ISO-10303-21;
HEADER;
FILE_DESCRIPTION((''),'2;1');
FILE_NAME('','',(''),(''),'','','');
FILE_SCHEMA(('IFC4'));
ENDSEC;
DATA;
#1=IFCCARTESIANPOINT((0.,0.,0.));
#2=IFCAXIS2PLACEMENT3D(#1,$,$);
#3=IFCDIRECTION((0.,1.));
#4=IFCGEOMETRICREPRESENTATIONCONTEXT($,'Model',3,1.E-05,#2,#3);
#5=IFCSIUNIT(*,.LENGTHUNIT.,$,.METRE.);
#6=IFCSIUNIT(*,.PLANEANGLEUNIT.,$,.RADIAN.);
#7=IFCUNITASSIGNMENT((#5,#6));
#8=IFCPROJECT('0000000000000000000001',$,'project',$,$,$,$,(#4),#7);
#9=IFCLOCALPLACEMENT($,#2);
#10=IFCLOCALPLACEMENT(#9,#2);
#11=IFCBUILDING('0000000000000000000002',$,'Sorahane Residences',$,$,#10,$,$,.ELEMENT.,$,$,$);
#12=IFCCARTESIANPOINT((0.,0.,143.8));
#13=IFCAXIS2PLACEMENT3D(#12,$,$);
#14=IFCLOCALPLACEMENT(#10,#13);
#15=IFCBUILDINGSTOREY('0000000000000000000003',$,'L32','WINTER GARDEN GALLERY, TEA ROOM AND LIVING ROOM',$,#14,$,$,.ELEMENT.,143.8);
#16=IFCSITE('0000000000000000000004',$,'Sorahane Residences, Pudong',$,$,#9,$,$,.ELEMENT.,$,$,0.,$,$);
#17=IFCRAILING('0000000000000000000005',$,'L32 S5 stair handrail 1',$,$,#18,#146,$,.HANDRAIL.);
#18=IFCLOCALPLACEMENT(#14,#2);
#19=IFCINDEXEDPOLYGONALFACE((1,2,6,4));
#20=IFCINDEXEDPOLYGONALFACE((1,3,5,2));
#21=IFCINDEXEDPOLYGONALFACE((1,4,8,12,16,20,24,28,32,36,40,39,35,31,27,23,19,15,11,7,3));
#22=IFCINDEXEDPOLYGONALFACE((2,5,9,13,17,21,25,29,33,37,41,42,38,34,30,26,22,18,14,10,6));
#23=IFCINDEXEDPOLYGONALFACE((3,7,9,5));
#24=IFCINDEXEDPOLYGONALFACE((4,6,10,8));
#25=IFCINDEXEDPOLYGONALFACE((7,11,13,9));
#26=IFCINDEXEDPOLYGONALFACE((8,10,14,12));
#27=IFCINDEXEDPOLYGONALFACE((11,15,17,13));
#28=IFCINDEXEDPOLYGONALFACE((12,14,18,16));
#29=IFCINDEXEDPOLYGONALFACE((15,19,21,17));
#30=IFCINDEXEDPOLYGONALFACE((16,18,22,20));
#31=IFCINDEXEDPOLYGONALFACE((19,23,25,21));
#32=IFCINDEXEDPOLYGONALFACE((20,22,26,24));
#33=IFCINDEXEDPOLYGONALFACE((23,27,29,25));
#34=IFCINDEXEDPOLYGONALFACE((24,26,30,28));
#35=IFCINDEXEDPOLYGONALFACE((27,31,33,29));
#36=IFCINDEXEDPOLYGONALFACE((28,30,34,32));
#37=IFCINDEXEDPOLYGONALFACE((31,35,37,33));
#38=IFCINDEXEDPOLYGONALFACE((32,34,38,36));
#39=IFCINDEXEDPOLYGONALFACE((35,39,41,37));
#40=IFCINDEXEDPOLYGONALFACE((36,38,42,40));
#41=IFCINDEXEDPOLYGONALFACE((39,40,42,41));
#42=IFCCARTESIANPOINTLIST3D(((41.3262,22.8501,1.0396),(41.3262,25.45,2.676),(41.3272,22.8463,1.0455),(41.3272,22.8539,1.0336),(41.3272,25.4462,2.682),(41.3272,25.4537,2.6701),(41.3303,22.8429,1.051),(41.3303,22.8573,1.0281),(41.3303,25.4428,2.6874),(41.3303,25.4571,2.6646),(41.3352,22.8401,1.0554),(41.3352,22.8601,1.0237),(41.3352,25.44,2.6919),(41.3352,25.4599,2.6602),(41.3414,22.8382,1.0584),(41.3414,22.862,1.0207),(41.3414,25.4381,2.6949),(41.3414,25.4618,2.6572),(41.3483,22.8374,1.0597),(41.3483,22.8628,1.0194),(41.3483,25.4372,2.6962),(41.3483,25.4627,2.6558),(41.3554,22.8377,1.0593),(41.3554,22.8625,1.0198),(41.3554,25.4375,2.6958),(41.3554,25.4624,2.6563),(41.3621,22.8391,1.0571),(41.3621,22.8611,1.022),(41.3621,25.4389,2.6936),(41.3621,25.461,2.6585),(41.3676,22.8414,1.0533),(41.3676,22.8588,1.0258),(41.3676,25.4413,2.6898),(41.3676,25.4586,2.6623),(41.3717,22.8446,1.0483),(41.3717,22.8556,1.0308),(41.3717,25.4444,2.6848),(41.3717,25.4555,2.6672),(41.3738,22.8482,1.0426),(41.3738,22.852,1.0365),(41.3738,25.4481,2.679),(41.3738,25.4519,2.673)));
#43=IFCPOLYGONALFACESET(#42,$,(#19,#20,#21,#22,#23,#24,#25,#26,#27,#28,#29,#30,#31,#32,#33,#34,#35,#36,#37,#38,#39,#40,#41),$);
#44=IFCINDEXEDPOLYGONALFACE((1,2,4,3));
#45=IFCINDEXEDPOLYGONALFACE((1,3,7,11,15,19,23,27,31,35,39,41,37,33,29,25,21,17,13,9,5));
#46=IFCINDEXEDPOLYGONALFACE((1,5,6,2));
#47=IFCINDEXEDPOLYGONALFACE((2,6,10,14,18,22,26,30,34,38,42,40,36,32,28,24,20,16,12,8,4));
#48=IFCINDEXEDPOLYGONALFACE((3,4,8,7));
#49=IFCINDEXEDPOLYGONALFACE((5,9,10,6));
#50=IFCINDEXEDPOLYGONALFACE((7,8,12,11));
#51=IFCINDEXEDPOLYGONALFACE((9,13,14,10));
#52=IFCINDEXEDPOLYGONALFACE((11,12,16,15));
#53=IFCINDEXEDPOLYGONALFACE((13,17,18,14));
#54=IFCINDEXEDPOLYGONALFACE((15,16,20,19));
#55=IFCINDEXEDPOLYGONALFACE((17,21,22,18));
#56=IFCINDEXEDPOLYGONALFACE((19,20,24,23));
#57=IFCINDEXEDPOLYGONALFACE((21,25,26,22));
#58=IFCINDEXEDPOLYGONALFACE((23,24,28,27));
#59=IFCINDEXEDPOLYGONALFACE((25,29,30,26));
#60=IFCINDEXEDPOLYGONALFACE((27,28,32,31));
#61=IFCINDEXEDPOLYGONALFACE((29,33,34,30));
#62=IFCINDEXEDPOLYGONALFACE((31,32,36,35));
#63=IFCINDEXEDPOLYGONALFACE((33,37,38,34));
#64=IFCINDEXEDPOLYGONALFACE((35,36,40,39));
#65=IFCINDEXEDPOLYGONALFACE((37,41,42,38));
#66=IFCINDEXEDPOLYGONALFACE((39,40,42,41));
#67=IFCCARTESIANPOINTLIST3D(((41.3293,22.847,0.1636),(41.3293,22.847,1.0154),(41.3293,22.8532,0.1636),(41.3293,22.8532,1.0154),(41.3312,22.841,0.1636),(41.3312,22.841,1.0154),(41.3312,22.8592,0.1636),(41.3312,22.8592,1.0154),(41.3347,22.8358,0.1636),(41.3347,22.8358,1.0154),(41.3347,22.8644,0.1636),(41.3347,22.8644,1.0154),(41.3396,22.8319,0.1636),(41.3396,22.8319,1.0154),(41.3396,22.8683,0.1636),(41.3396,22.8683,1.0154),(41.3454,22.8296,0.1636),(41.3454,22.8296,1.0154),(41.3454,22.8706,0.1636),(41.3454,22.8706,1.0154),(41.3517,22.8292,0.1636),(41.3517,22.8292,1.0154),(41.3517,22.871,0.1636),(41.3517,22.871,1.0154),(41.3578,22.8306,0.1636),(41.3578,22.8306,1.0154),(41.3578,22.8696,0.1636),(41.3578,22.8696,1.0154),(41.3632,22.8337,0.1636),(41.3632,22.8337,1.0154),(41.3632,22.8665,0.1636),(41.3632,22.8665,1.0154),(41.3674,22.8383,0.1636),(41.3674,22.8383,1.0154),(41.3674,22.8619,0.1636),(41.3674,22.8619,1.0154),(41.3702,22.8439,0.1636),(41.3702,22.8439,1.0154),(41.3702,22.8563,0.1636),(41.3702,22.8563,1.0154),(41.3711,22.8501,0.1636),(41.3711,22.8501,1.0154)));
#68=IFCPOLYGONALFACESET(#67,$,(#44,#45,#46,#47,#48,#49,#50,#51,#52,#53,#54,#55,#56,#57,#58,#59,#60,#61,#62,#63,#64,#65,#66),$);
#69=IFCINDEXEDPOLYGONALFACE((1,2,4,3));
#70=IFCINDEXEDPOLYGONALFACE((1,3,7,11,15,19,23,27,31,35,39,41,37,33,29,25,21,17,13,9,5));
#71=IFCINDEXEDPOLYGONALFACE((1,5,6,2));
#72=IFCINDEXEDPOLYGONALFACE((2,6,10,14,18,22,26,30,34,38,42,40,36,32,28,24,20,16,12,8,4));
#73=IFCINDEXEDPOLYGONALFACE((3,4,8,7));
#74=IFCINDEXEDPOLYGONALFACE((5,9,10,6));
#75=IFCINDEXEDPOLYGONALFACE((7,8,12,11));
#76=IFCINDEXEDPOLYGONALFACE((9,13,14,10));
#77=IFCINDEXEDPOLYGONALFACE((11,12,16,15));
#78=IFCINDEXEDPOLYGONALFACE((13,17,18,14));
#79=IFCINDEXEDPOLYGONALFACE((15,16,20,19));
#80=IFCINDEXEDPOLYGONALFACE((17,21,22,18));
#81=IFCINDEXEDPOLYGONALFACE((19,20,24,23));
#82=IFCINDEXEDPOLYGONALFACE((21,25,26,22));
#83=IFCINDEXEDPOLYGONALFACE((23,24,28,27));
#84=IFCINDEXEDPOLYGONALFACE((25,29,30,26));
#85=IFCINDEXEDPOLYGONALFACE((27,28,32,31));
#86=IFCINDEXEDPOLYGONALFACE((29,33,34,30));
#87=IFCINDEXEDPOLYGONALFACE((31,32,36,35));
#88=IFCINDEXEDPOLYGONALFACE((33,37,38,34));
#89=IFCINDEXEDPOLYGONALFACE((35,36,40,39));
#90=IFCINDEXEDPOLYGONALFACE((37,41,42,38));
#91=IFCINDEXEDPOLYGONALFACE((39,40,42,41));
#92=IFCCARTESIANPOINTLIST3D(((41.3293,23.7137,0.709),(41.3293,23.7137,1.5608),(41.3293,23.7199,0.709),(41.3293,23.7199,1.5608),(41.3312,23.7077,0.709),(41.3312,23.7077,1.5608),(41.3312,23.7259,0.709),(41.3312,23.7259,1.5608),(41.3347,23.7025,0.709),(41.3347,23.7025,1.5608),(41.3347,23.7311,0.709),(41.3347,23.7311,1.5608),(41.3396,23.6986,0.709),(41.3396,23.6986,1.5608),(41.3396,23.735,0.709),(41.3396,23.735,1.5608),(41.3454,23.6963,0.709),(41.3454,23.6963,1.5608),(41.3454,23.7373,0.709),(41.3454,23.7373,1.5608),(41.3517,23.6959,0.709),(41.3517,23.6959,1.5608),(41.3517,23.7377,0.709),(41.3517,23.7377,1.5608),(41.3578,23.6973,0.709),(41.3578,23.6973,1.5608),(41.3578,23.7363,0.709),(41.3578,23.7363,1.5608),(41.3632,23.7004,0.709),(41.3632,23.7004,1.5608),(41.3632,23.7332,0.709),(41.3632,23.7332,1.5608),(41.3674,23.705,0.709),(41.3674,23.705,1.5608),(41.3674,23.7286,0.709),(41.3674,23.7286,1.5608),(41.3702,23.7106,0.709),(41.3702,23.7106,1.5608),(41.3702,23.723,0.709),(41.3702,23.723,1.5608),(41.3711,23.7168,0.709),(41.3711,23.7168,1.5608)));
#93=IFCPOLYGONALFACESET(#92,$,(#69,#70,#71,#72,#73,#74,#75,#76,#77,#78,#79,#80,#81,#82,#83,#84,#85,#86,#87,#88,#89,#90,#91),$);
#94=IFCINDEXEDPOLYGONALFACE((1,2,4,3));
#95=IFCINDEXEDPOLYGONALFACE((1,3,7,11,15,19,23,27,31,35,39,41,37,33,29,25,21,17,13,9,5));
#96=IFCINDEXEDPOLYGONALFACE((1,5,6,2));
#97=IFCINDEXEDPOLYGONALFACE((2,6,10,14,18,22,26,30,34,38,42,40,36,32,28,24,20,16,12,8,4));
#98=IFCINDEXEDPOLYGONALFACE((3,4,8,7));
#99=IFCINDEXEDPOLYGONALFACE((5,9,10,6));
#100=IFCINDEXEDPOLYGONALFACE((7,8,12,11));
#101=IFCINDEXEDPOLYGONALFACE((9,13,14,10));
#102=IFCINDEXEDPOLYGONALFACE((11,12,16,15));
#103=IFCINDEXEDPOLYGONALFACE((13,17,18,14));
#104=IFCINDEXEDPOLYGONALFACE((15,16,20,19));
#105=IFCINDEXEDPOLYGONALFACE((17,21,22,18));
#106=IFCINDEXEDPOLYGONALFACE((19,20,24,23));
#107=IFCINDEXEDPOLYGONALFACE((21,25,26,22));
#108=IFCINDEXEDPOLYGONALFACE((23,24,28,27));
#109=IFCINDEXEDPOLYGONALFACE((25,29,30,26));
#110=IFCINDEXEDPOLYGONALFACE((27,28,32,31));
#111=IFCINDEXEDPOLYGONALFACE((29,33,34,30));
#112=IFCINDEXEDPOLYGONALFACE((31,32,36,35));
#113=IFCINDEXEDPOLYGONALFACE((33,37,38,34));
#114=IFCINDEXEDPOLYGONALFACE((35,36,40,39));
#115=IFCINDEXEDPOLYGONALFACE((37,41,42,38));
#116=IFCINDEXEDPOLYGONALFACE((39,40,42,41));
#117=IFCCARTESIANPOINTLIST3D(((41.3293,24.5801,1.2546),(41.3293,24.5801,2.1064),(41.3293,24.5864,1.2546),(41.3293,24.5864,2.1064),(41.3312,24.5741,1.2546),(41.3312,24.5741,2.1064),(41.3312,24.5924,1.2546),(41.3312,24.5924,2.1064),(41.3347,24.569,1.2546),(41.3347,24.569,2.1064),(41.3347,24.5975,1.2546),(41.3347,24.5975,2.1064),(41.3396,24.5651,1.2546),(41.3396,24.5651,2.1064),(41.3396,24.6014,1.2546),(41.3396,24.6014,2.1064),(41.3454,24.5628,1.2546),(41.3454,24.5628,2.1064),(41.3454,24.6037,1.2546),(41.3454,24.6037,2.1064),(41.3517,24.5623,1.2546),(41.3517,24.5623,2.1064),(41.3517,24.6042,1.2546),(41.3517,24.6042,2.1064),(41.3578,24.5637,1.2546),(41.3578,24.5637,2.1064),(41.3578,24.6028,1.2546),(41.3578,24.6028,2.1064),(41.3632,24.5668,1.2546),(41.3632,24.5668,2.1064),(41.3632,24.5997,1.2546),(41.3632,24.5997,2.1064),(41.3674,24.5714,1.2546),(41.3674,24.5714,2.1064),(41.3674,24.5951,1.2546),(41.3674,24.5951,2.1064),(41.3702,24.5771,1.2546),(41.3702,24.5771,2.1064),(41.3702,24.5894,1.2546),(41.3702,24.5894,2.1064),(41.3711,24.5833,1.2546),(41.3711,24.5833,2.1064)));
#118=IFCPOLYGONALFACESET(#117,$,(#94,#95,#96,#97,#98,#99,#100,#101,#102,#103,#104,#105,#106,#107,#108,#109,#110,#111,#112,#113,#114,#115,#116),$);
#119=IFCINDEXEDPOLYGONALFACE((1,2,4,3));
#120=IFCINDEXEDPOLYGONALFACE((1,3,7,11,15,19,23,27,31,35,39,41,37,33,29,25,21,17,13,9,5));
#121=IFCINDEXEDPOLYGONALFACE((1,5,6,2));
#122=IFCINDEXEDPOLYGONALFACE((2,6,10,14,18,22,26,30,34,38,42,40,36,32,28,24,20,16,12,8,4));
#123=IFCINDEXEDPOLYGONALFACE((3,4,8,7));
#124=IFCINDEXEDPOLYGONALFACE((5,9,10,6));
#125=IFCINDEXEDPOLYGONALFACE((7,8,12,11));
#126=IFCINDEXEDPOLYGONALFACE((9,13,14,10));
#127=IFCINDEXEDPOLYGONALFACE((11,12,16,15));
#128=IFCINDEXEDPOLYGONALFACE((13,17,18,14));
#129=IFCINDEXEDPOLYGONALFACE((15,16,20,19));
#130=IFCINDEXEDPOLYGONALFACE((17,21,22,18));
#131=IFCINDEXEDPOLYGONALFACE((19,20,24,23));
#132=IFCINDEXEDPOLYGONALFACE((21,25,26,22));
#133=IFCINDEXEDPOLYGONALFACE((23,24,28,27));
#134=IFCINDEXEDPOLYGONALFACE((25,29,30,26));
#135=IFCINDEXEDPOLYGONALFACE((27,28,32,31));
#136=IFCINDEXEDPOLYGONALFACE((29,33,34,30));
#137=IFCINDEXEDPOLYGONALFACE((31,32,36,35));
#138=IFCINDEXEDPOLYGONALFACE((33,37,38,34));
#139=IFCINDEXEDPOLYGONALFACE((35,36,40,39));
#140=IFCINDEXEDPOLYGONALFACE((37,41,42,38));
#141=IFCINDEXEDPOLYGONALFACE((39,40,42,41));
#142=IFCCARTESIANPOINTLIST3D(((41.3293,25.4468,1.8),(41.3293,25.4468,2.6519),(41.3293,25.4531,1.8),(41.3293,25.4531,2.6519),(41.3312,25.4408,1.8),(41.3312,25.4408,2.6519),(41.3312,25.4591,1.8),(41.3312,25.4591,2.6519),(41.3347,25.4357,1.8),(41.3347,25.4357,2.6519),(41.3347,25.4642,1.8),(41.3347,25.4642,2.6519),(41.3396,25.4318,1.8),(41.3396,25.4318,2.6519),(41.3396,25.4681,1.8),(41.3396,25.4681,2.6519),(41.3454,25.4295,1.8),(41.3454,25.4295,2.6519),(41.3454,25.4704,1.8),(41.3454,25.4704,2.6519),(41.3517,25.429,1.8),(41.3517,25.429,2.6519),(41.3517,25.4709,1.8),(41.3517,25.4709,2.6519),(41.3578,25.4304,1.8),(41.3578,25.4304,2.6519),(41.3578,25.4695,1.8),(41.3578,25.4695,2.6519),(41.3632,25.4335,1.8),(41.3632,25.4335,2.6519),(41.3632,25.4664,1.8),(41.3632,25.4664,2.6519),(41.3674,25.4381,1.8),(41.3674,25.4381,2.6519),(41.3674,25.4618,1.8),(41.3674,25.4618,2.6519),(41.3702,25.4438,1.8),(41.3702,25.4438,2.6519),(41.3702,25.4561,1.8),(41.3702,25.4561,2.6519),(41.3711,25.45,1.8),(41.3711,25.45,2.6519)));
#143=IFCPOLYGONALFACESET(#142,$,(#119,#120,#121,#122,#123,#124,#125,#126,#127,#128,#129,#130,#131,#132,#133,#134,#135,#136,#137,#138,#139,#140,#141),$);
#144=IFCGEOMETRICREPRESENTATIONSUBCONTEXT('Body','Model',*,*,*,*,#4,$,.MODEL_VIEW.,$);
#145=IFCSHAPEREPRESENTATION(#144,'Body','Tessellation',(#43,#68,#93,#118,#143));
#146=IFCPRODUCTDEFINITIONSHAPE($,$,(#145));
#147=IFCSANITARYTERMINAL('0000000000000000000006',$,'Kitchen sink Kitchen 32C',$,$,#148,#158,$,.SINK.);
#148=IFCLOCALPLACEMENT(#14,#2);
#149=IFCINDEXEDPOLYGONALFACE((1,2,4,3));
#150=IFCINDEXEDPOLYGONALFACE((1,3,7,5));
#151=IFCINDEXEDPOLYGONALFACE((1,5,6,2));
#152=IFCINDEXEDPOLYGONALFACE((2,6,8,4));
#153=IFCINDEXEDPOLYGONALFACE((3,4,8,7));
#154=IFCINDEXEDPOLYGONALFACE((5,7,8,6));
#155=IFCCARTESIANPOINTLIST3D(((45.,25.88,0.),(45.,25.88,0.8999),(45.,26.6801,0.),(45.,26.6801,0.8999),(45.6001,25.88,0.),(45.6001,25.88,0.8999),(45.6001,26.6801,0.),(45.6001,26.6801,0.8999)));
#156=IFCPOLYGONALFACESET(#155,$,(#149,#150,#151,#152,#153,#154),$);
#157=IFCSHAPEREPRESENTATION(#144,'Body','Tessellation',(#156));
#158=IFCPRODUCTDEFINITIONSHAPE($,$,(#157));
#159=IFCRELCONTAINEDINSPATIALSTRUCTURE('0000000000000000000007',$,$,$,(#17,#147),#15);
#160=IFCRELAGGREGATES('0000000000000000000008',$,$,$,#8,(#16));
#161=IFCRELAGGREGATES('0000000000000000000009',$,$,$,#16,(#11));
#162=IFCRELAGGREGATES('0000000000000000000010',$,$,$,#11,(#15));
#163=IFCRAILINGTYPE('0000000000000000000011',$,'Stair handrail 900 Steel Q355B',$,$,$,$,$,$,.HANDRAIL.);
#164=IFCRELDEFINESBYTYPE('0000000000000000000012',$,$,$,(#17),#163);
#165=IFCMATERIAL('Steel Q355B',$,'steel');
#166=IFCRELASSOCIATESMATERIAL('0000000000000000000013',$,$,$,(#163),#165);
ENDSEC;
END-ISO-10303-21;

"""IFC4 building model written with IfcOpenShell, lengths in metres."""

from ifc_helpers import new_model, si_unit, direction, frame, origin, origin_2d, place, context, subcontext, project, spatial, rectangle, circle, extrude, material, type_object, element, save


model = new_model("IFC4")

# Units and contexts
model_context = context("Model", 3, precision=1e-05, world=origin(), true_north=direction((0.0, 1.0)))
body_context = subcontext(model_context, "Body", "Model", "MODEL_VIEW")
ifc_project = project(units=[si_unit("LENGTHUNIT", "METRE"), si_unit("PLANEANGLEUNIT", "RADIAN")], contexts=[model_context])

# Site, building, storey
site_placement = place(None, origin())
site = spatial("IfcSite", under=ifc_project, at=site_placement, Name="Sorahane Residences, Pudong", CompositionType="ELEMENT", RefElevation=0.0)
building_placement = place(site_placement, origin())
building = spatial("IfcBuilding", under=site, at=building_placement, Name="Sorahane Residences", CompositionType="ELEMENT")
storey_placement = place(building_placement, frame((0.0, 0.0, 143.8)))
storey = spatial("IfcBuildingStorey", under=building, at=storey_placement, Name="L32", Description="WINTER GARDEN GALLERY, TEA ROOM AND LIVING ROOM", CompositionType="ELEMENT", Elevation=143.8)

# Railing
ifc_material_1 = material(Name="Steel Q355B", Category="steel")
railing_type_1 = type_object("IfcRailingType", Name="Stair handrail 900 Steel Q355B", PredefinedType="HANDRAIL", material=ifc_material_1)
railing_1_placement = place(storey_placement, frame((41.3501, 22.8501, 0.1636)))
element("IfcRailing", 1, at=railing_1_placement, inside=storey, type_object=railing_type_1, Name="L32 S5 stair handrail 1", PredefinedType="HANDRAIL", context=body_context, shape_type="SweptSolid", body=[
    extrude(circle(Radius=0.0239, at=origin_2d()), frame((0.0, 0.0, 0.876), z_axis=(0.0, 0.846302, 0.532704), x_axis=(-1.0, 0.0, 0.0)), (0.0, 0.0, 1.0), 3.072),
    extrude(circle(Radius=0.021, at=origin_2d()), origin(), (0.0, 0.0, 1.0), 0.8518),
    extrude(circle(Radius=0.021, at=origin_2d()), frame((0.0, 0.8667, 0.5454)), (0.0, 0.0, 1.0), 0.8518),
    extrude(circle(Radius=0.021, at=origin_2d()), frame((0.0, 1.7332, 1.0911)), (0.0, 0.0, 1.0), 0.8518),
    extrude(circle(Radius=0.021, at=origin_2d()), frame((0.0, 2.5999, 1.6365)), (0.0, 0.0, 1.0), 0.8518),
])

# Sanitary terminal
sanitary_terminal_placement = place(storey_placement, frame((45.3, 26.28, 0.0), z_axis=(0.0, 0.0, 1.0), x_axis=(0.0, 1.0, 0.0)))
element("IfcSanitaryTerminal", 2, at=sanitary_terminal_placement, inside=storey, Name="Kitchen sink Kitchen 32C", PredefinedType="SINK", context=body_context, shape_type="SweptSolid", body=[
    extrude(rectangle(XDim=0.8, YDim=0.6001, at=origin_2d()), origin(), (0.0, 0.0, 1.0), 0.8999),
])

save(model, "model.ifc")
